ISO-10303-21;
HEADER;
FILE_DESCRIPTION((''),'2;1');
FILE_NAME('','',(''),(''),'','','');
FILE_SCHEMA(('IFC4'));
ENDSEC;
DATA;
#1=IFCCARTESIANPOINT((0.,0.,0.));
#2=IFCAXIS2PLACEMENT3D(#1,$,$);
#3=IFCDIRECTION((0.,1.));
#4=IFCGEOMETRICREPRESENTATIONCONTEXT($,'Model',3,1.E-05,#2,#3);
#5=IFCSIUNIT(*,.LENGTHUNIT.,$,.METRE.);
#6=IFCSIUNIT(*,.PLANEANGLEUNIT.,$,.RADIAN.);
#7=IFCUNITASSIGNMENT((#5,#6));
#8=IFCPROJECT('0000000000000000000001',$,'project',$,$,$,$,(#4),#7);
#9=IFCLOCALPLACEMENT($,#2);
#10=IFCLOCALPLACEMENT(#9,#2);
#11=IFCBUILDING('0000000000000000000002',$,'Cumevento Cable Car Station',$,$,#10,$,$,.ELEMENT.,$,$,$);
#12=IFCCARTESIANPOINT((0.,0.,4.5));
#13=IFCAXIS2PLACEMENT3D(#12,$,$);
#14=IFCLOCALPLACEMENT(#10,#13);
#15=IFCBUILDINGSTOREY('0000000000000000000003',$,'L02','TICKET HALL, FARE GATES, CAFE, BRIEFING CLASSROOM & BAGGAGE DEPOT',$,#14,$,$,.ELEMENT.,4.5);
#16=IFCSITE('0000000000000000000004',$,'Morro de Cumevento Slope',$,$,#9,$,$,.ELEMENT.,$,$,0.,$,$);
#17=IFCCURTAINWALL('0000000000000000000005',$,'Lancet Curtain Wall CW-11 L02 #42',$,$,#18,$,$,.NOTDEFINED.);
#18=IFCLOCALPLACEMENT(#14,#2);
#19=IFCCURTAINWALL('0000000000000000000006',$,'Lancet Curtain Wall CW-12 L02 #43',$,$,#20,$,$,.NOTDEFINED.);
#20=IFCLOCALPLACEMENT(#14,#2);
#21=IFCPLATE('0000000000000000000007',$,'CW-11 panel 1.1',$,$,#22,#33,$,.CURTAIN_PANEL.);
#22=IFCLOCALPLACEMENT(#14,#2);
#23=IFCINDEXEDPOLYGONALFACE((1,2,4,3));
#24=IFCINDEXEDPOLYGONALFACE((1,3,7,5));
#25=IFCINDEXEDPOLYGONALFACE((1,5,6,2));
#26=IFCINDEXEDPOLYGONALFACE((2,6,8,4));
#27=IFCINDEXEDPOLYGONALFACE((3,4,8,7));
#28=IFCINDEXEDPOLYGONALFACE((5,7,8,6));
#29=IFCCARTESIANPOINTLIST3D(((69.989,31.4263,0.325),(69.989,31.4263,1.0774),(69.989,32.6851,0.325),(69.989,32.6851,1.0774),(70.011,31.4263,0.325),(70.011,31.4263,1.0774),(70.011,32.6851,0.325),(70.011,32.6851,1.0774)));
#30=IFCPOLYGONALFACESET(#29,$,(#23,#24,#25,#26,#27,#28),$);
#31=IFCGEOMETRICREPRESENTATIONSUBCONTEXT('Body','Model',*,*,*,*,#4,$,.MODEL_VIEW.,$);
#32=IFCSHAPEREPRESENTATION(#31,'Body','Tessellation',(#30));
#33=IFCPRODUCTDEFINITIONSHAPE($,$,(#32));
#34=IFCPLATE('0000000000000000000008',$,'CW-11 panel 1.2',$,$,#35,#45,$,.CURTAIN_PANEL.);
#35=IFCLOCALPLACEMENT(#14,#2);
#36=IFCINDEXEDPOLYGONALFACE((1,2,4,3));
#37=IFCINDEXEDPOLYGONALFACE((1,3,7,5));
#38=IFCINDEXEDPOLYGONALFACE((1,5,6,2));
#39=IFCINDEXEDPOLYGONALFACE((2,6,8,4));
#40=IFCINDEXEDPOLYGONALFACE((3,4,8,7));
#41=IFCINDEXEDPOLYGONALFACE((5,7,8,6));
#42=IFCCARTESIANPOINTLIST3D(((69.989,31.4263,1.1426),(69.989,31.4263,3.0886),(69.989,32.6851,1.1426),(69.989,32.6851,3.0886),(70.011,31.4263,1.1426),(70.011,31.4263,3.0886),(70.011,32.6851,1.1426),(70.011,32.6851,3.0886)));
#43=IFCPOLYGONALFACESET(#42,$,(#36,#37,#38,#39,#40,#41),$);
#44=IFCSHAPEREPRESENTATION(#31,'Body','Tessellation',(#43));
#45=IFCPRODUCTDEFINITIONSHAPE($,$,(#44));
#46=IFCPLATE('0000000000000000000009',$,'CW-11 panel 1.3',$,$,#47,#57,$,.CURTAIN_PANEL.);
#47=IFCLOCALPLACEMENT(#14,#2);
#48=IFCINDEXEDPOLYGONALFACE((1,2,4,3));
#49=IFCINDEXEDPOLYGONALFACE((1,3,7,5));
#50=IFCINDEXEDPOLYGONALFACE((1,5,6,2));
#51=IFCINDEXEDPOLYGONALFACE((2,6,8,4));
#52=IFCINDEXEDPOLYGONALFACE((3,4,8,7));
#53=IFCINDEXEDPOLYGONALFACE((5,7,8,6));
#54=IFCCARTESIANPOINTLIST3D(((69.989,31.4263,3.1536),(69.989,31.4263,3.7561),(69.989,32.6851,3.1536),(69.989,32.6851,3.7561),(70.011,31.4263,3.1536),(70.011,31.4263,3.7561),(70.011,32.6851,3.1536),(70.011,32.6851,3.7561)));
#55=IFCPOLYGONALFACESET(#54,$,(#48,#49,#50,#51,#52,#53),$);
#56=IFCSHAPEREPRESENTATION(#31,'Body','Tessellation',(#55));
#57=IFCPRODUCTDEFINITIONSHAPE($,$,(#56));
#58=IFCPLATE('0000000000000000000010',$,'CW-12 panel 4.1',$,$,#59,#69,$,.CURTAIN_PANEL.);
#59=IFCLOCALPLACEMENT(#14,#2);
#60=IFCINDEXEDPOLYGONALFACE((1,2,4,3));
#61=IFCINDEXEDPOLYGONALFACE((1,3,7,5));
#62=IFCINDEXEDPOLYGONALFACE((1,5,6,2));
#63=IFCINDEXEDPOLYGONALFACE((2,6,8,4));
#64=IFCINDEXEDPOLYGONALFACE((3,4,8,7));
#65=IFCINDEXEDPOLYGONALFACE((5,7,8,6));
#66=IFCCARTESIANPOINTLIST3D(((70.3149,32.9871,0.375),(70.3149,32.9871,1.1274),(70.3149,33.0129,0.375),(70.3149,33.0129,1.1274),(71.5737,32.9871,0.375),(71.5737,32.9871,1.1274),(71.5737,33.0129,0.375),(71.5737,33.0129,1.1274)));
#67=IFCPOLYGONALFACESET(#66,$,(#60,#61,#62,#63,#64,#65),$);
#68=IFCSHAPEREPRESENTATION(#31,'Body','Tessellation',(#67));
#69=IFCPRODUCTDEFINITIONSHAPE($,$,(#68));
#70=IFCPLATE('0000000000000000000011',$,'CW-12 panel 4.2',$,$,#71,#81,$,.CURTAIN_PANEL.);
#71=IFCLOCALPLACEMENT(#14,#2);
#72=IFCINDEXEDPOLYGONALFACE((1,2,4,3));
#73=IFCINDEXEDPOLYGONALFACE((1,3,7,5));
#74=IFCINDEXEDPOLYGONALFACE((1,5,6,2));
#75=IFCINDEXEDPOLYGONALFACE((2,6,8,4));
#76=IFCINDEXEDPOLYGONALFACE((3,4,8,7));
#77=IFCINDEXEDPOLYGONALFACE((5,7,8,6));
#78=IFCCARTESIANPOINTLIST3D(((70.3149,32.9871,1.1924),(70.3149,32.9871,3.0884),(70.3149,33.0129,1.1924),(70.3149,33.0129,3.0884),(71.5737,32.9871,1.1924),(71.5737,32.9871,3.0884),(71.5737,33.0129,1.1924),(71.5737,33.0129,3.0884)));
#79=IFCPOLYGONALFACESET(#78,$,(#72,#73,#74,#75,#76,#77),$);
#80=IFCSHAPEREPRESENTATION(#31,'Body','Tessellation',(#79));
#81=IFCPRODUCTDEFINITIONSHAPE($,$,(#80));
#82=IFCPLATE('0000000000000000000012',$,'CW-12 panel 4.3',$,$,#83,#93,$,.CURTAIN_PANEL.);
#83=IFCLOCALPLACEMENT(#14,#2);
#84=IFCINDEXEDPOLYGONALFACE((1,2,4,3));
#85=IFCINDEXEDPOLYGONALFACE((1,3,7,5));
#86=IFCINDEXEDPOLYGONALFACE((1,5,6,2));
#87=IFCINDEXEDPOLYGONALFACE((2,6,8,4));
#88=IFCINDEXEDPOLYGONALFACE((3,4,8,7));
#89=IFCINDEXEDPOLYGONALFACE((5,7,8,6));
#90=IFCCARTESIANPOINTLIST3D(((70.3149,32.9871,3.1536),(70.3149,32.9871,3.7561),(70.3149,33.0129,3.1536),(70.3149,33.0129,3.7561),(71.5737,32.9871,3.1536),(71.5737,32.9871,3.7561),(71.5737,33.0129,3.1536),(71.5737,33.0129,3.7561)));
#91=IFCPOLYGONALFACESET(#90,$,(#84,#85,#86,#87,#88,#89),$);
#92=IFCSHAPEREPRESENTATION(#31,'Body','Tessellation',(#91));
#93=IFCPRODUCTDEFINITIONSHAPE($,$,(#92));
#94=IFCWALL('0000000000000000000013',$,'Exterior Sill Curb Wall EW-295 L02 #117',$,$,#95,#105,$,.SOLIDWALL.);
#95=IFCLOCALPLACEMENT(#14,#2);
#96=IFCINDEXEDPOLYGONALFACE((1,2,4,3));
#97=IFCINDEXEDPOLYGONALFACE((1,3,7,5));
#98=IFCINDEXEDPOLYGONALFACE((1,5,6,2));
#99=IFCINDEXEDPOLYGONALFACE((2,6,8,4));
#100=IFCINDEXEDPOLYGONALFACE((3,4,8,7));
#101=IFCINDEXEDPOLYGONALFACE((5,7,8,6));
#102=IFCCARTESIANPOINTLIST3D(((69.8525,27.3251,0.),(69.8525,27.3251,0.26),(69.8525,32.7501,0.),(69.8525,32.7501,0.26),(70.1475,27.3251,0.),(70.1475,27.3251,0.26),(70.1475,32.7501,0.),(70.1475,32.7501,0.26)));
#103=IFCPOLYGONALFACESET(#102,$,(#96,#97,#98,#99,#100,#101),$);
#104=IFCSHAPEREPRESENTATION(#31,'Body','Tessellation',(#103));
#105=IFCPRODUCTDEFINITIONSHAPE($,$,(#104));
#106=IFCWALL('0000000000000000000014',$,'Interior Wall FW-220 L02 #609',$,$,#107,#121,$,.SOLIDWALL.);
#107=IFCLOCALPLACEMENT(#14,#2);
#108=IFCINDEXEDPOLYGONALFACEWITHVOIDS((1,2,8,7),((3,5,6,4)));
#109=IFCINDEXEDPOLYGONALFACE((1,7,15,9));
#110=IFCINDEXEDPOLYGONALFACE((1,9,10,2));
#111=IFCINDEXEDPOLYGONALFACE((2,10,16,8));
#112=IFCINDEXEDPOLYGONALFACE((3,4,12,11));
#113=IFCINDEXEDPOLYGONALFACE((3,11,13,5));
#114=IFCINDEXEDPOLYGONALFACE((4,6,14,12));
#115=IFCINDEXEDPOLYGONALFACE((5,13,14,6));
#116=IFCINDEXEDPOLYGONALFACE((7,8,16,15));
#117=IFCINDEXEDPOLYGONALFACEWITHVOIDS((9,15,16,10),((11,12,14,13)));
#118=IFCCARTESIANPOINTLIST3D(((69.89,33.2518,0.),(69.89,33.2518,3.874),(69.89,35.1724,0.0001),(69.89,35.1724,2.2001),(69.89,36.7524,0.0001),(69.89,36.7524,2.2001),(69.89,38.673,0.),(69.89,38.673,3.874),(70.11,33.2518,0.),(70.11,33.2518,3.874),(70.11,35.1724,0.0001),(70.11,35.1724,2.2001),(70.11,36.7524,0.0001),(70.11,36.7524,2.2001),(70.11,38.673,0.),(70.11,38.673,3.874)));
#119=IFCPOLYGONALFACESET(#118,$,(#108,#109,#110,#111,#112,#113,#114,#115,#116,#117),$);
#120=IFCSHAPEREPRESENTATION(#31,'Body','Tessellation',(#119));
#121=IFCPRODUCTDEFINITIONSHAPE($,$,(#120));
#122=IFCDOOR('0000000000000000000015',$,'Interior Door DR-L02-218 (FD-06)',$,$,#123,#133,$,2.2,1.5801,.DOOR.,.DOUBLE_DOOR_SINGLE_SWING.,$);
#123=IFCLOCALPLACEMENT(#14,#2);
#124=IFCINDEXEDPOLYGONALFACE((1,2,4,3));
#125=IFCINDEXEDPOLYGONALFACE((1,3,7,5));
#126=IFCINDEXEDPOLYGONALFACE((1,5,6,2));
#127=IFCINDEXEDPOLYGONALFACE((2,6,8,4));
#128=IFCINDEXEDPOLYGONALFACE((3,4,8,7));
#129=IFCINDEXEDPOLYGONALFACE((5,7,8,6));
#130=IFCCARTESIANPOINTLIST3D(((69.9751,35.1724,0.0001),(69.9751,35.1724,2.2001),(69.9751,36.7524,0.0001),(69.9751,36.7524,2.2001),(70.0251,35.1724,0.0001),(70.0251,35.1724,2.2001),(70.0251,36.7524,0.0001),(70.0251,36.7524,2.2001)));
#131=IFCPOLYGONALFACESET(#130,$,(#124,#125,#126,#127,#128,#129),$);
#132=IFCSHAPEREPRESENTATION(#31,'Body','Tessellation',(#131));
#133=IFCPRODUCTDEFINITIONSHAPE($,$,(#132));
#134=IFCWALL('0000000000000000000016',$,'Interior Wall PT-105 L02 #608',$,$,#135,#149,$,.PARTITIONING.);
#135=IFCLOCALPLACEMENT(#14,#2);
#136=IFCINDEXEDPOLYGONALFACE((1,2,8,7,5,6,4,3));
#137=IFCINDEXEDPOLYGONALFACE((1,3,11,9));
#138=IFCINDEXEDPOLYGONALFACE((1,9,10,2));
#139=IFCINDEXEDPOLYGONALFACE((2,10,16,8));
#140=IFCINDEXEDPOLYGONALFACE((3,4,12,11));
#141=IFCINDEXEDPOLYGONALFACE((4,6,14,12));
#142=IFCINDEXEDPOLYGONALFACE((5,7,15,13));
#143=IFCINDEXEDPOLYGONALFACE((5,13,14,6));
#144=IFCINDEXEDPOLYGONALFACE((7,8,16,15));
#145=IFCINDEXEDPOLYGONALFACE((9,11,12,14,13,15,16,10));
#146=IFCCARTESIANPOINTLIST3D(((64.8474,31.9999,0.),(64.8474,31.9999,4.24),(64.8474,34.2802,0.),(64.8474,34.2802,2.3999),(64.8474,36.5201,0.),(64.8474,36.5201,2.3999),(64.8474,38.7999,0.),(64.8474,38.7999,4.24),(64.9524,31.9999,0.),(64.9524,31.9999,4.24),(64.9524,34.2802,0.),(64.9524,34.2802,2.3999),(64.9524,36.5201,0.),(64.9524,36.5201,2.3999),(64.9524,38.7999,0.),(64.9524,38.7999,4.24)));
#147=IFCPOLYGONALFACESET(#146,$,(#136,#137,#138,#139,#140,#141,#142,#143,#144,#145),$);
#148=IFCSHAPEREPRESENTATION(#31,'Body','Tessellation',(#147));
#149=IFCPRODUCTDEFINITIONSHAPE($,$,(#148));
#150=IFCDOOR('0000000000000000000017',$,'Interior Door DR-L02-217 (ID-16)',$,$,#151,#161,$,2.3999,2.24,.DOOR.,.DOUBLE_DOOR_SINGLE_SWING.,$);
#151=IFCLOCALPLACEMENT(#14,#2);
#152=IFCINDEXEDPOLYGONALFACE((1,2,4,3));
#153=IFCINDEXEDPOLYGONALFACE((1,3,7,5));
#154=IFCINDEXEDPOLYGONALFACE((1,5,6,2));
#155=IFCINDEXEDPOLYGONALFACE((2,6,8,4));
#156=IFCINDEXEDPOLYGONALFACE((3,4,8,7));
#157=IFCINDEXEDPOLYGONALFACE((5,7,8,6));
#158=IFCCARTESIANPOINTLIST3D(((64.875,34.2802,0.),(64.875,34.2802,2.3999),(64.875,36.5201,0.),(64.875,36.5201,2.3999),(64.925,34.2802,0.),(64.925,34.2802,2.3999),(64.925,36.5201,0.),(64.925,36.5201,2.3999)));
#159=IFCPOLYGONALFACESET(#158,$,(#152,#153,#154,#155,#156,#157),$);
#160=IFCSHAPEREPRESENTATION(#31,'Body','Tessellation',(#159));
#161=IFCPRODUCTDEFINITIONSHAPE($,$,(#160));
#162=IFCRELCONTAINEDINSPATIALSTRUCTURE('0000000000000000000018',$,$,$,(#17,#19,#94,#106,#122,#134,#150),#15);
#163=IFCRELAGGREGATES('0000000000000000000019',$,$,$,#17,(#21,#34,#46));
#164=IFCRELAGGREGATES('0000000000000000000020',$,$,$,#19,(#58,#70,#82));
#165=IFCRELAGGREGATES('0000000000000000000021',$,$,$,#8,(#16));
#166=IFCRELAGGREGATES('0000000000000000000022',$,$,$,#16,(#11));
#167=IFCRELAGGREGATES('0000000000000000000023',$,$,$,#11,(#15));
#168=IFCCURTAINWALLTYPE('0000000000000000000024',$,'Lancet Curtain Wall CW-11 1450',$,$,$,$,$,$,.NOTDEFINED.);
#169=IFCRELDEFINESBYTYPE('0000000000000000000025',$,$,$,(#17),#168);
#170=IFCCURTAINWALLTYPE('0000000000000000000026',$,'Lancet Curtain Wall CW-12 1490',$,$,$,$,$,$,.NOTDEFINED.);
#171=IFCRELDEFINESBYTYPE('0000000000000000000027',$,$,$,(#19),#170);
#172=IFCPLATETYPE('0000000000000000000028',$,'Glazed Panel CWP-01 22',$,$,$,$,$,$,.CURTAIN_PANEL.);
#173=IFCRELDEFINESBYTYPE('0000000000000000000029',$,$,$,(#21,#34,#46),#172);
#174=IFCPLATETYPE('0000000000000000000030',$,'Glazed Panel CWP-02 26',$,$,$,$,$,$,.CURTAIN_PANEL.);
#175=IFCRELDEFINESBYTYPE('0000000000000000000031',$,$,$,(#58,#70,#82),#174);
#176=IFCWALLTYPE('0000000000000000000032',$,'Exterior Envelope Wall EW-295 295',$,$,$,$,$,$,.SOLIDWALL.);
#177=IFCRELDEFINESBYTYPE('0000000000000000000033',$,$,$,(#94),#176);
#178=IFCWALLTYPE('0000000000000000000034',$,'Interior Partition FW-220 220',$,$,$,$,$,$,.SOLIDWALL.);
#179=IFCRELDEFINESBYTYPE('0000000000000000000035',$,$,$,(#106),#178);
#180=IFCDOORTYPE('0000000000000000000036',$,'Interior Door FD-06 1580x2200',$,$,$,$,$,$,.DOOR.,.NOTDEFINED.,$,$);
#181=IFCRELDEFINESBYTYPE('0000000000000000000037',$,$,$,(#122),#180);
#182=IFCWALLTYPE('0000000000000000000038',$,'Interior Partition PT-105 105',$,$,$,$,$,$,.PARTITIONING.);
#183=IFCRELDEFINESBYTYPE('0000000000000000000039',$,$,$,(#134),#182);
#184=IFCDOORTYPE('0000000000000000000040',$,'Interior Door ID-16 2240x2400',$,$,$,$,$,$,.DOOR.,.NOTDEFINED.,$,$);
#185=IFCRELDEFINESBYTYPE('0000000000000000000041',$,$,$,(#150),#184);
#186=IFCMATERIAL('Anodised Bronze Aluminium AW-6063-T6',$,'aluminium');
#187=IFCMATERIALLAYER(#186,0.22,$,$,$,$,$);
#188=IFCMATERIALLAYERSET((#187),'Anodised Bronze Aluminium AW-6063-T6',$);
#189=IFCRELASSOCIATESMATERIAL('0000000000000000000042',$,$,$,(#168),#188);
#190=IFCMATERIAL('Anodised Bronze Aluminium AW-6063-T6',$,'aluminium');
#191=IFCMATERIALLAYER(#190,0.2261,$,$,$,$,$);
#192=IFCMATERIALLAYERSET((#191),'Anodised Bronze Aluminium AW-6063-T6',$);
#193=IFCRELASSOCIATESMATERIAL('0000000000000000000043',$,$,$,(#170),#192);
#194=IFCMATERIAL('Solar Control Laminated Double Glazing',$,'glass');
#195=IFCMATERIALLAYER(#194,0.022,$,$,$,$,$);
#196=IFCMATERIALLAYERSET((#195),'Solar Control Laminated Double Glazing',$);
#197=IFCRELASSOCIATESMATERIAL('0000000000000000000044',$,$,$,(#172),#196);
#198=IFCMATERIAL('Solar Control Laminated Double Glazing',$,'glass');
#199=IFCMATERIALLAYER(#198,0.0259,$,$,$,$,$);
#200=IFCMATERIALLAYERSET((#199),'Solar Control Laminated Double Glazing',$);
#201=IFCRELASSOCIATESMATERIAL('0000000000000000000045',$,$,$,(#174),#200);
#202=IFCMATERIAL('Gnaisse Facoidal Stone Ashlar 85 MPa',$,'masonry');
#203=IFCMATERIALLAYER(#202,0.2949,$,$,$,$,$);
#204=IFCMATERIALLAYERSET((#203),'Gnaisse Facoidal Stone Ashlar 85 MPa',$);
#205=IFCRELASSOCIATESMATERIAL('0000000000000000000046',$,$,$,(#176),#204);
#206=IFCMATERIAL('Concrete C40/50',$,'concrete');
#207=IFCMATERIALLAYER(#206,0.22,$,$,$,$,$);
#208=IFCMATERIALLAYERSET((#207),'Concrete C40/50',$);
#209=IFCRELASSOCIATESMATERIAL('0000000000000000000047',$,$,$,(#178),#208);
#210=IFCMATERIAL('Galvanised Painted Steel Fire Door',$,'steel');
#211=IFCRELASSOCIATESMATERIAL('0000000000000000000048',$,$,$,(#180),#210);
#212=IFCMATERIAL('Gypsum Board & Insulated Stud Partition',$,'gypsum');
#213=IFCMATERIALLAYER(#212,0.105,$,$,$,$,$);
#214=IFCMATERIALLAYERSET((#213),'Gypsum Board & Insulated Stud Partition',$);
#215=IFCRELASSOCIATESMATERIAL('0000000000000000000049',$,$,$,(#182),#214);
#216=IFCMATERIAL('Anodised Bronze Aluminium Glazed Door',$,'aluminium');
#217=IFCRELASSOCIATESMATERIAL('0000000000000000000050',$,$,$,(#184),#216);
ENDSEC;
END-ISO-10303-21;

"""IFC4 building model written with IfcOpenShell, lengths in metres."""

from ifc_helpers import new_model, si_unit, direction, frame, frame_2d, origin, origin_2d, place, context, subcontext, project, spatial, rectangle, extrude, material, layer, layer_set, type_object, element, fill, aggregate, save


model = new_model("IFC4")

# Units and contexts
model_context = context("Model", 3, precision=1e-05, world=origin(), true_north=direction((0.0, 1.0)))
body_context = subcontext(model_context, "Body", "Model", "MODEL_VIEW")
ifc_project = project(units=[si_unit("LENGTHUNIT", "METRE"), si_unit("PLANEANGLEUNIT", "RADIAN")], contexts=[model_context])

# Site, building, storey
site_placement = place(None, origin())
site = spatial("IfcSite", under=ifc_project, at=site_placement, Name="Morro de Cumevento Slope", CompositionType="ELEMENT", RefElevation=0.0)
building_placement = place(site_placement, origin())
building = spatial("IfcBuilding", under=site, at=building_placement, Name="Cumevento Cable Car Station", CompositionType="ELEMENT")
storey_placement = place(building_placement, frame((0.0, 0.0, 4.5)))
storey = spatial("IfcBuildingStorey", under=building, at=storey_placement, Name="L02", Description="TICKET HALL, FARE GATES, CAFE, BRIEFING CLASSROOM & BAGGAGE DEPOT", CompositionType="ELEMENT", Elevation=4.5)

# Curtain walls
ifc_material_1 = material(Name="Anodised Bronze Aluminium AW-6063-T6", Category="aluminium")
ifc_layer_1 = layer(ifc_material_1, 0.22)
ifc_layer_set_1 = layer_set([ifc_layer_1], Name="Anodised Bronze Aluminium AW-6063-T6")
curtain_wall_type_1 = type_object("IfcCurtainWallType", Name="Lancet Curtain Wall CW-11 1450", PredefinedType="NOTDEFINED", material=ifc_layer_set_1)
curtain_wall_1_placement = place(storey_placement, origin())
curtain_wall_1 = element("IfcCurtainWall", 1, at=curtain_wall_1_placement, inside=storey, type_object=curtain_wall_type_1, Name="Lancet Curtain Wall CW-11 L02 #42", PredefinedType="NOTDEFINED")
ifc_material_2 = material(Name="Anodised Bronze Aluminium AW-6063-T6", Category="aluminium")
ifc_layer_2 = layer(ifc_material_2, 0.2261)
ifc_layer_set_2 = layer_set([ifc_layer_2], Name="Anodised Bronze Aluminium AW-6063-T6")
curtain_wall_type_2 = type_object("IfcCurtainWallType", Name="Lancet Curtain Wall CW-12 1490", PredefinedType="NOTDEFINED", material=ifc_layer_set_2)
curtain_wall_2_placement = place(storey_placement, origin())
curtain_wall_2 = element("IfcCurtainWall", 2, at=curtain_wall_2_placement, inside=storey, type_object=curtain_wall_type_2, Name="Lancet Curtain Wall CW-12 L02 #43", PredefinedType="NOTDEFINED")

# Plates
ifc_material_3 = material(Name="Solar Control Laminated Double Glazing", Category="glass")
ifc_layer_3 = layer(ifc_material_3, 0.022)
ifc_layer_set_3 = layer_set([ifc_layer_3], Name="Solar Control Laminated Double Glazing")
plate_type_1 = type_object("IfcPlateType", Name="Glazed Panel CWP-01 22", PredefinedType="CURTAIN_PANEL", material=ifc_layer_set_3)
plate_1_placement = place(storey_placement, frame((70.0, 32.0557, 0.325), z_axis=(0.0, 0.0, 1.0), x_axis=(0.0, -1.0, 0.0)))
plate_1 = element("IfcPlate", 3, at=plate_1_placement, type_object=plate_type_1, Name="CW-11 panel 1.1", PredefinedType="CURTAIN_PANEL", context=body_context, shape_type="SweptSolid", body=[
    extrude(rectangle(XDim=1.2588, YDim=0.022, at=origin_2d()), origin(), (0.0, 0.0, 1.0), 0.7524),
])
plate_2_placement = place(storey_placement, frame((70.0, 32.0557, 1.1426), z_axis=(0.0, 0.0, 1.0), x_axis=(0.0, -1.0, 0.0)))
plate_2 = element("IfcPlate", 4, at=plate_2_placement, type_object=plate_type_1, Name="CW-11 panel 1.2", PredefinedType="CURTAIN_PANEL", context=body_context, shape_type="SweptSolid", body=[
    extrude(rectangle(XDim=1.2588, YDim=0.022, at=origin_2d()), origin(), (0.0, 0.0, 1.0), 1.946),
])
plate_3_placement = place(storey_placement, frame((70.0, 32.0557, 3.1536), z_axis=(0.0, 0.0, 1.0), x_axis=(0.0, -1.0, 0.0)))
plate_3 = element("IfcPlate", 5, at=plate_3_placement, type_object=plate_type_1, Name="CW-11 panel 1.3", PredefinedType="CURTAIN_PANEL", context=body_context, shape_type="SweptSolid", body=[
    extrude(rectangle(XDim=1.2588, YDim=0.022, at=origin_2d()), origin(), (0.0, 0.0, 1.0), 0.6025),
])
aggregate(curtain_wall_1, [plate_1, plate_2, plate_3])
ifc_material_4 = material(Name="Solar Control Laminated Double Glazing", Category="glass")
ifc_layer_4 = layer(ifc_material_4, 0.0259)
ifc_layer_set_4 = layer_set([ifc_layer_4], Name="Solar Control Laminated Double Glazing")
plate_type_2 = type_object("IfcPlateType", Name="Glazed Panel CWP-02 26", PredefinedType="CURTAIN_PANEL", material=ifc_layer_set_4)
plate_4_placement = place(storey_placement, frame((70.9443, 33.0, 0.375), z_axis=(0.0, 0.0, 1.0), x_axis=(-1.0, 0.0, 0.0)))
plate_4 = element("IfcPlate", 6, at=plate_4_placement, type_object=plate_type_2, Name="CW-12 panel 4.1", PredefinedType="CURTAIN_PANEL", context=body_context, shape_type="SweptSolid", body=[
    extrude(rectangle(XDim=1.2588, YDim=0.0259, at=origin_2d()), origin(), (0.0, 0.0, 1.0), 0.7524),
])
plate_5_placement = place(storey_placement, frame((70.9443, 33.0, 1.1924), z_axis=(0.0, 0.0, 1.0), x_axis=(-1.0, 0.0, 0.0)))
plate_5 = element("IfcPlate", 7, at=plate_5_placement, type_object=plate_type_2, Name="CW-12 panel 4.2", PredefinedType="CURTAIN_PANEL", context=body_context, shape_type="SweptSolid", body=[
    extrude(rectangle(XDim=1.2588, YDim=0.0259, at=origin_2d()), origin(), (0.0, 0.0, 1.0), 1.896),
])
plate_6_placement = place(storey_placement, frame((70.9443, 33.0, 3.1536), z_axis=(0.0, 0.0, 1.0), x_axis=(-1.0, 0.0, 0.0)))
plate_6 = element("IfcPlate", 8, at=plate_6_placement, type_object=plate_type_2, Name="CW-12 panel 4.3", PredefinedType="CURTAIN_PANEL", context=body_context, shape_type="SweptSolid", body=[
    extrude(rectangle(XDim=1.2588, YDim=0.0259, at=origin_2d()), origin(), (0.0, 0.0, 1.0), 0.6025),
])
aggregate(curtain_wall_2, [plate_4, plate_5, plate_6])

# Wall
ifc_material_5 = material(Name="Gnaisse Facoidal Stone Ashlar 85 MPa", Category="masonry")
ifc_layer_5 = layer(ifc_material_5, 0.2949)
ifc_layer_set_5 = layer_set([ifc_layer_5], Name="Gnaisse Facoidal Stone Ashlar 85 MPa")
wall_type_1 = type_object("IfcWallType", Name="Exterior Envelope Wall EW-295 295", PredefinedType="SOLIDWALL", material=ifc_layer_set_5)
wall_1_placement = place(storey_placement, frame((70.0, 32.75, 0.0), z_axis=(0.0, 0.0, 1.0), x_axis=(0.0, -1.0, 0.0)))
element("IfcWall", 9, at=wall_1_placement, inside=storey, type_object=wall_type_1, Name="Exterior Sill Curb Wall EW-295 L02 #117", PredefinedType="SOLIDWALL", context=body_context, shape_type="SweptSolid", body=[
    extrude(rectangle(XDim=5.425, YDim=0.2949, at=frame_2d((2.7124, 0.0))), origin(), (0.0, 0.0, 1.0), 0.26),
])

# Walls, openings, doors
ifc_material_6 = material(Name="Concrete C40/50", Category="concrete")
ifc_layer_6 = layer(ifc_material_6, 0.22)
ifc_layer_set_6 = layer_set([ifc_layer_6], Name="Concrete C40/50")
wall_type_2 = type_object("IfcWallType", Name="Interior Partition FW-220 220", PredefinedType="SOLIDWALL", material=ifc_layer_set_6)
wall_2_placement = place(storey_placement, frame((70.0, 33.252, 0.0), z_axis=(0.0, 0.0, 1.0), x_axis=(0.0, 1.0, 0.0)))
wall_2 = element("IfcWall", 10, at=wall_2_placement, inside=storey, type_object=wall_type_2, Name="Interior Wall FW-220 L02 #609", PredefinedType="SOLIDWALL", context=body_context, shape_type="SweptSolid", body=[
    extrude(rectangle(XDim=5.4211, YDim=0.22, at=frame_2d((2.7104, 0.0))), origin(), (0.0, 0.0, 1.0), 3.874),
])
opening_1_placement = place(wall_2_placement, frame((1.9204, 0.0, 0.0)))
opening_1 = element("IfcOpeningElement", 11, at=opening_1_placement, cuts=wall_2, PredefinedType="OPENING", context=body_context, shape_type="SweptSolid", body=[
    extrude(rectangle(XDim=1.5801, YDim=2.2, at=frame_2d((0.79, 1.1001))), frame((0.0, 0.1199, 0.0), z_axis=(0.0, -1.0, 0.0), x_axis=(1.0, 0.0, 0.0)), (0.0, 0.0, 1.0), 0.24),
])
ifc_material_7 = material(Name="Galvanised Painted Steel Fire Door", Category="steel")
door_type_1 = type_object("IfcDoorType", Name="Interior Door FD-06 1580x2200", OperationType="NOTDEFINED", PredefinedType="DOOR", material=ifc_material_7)
door_1_placement = place(opening_1_placement, origin())
door_1 = element("IfcDoor", 12, at=door_1_placement, inside=storey, type_object=door_type_1, Name="Interior Door DR-L02-218 (FD-06)", OperationType="DOUBLE_DOOR_SINGLE_SWING", OverallHeight=2.2, OverallWidth=1.5801, PredefinedType="DOOR", context=body_context, shape_type="SweptSolid", body=[
    extrude(rectangle(XDim=1.5801, YDim=2.2, at=frame_2d((0.79, 1.1001))), frame((0.0, 0.0249, 0.0), z_axis=(0.0, -1.0, 0.0), x_axis=(1.0, 0.0, 0.0)), (0.0, 0.0, 1.0), 0.05),
])
fill(opening_1, door_1)
ifc_material_8 = material(Name="Gypsum Board & Insulated Stud Partition", Category="gypsum")
ifc_layer_7 = layer(ifc_material_8, 0.105)
ifc_layer_set_7 = layer_set([ifc_layer_7], Name="Gypsum Board & Insulated Stud Partition")
wall_type_3 = type_object("IfcWallType", Name="Interior Partition PT-105 105", PredefinedType="PARTITIONING", material=ifc_layer_set_7)
wall_3_placement = place(storey_placement, frame((64.8999, 32.0, 0.0), z_axis=(0.0, 0.0, 1.0), x_axis=(0.0, 1.0, 0.0)))
wall_3 = element("IfcWall", 13, at=wall_3_placement, inside=storey, type_object=wall_type_3, Name="Interior Wall PT-105 L02 #608", PredefinedType="PARTITIONING", context=body_context, shape_type="SweptSolid", body=[
    extrude(rectangle(XDim=6.8, YDim=0.105, at=frame_2d((3.3999, 0.0))), origin(), (0.0, 0.0, 1.0), 4.24),
])
opening_2_placement = place(wall_3_placement, frame((2.28, 0.0, 0.0)))
opening_2 = element("IfcOpeningElement", 14, at=opening_2_placement, cuts=wall_3, PredefinedType="OPENING", context=body_context, shape_type="SweptSolid", body=[
    extrude(rectangle(XDim=2.24, YDim=2.3999, at=frame_2d((1.1201, 1.2))), frame((0.0, 0.0625, 0.0), z_axis=(0.0, -1.0, 0.0), x_axis=(1.0, 0.0, 0.0)), (0.0, 0.0, 1.0), 0.125),
])
ifc_material_9 = material(Name="Anodised Bronze Aluminium Glazed Door", Category="aluminium")
door_type_2 = type_object("IfcDoorType", Name="Interior Door ID-16 2240x2400", OperationType="NOTDEFINED", PredefinedType="DOOR", material=ifc_material_9)
door_2_placement = place(opening_2_placement, origin())
door_2 = element("IfcDoor", 15, at=door_2_placement, inside=storey, type_object=door_type_2, Name="Interior Door DR-L02-217 (ID-16)", OperationType="DOUBLE_DOOR_SINGLE_SWING", OverallHeight=2.3999, OverallWidth=2.24, PredefinedType="DOOR", context=body_context, shape_type="SweptSolid", body=[
    extrude(rectangle(XDim=2.24, YDim=2.3999, at=frame_2d((1.1201, 1.2))), frame((0.0, 0.0249, 0.0), z_axis=(0.0, -1.0, 0.0), x_axis=(1.0, 0.0, 0.0)), (0.0, 0.0, 1.0), 0.05),
])
fill(opening_2, door_2)

save(model, "model.ifc")
